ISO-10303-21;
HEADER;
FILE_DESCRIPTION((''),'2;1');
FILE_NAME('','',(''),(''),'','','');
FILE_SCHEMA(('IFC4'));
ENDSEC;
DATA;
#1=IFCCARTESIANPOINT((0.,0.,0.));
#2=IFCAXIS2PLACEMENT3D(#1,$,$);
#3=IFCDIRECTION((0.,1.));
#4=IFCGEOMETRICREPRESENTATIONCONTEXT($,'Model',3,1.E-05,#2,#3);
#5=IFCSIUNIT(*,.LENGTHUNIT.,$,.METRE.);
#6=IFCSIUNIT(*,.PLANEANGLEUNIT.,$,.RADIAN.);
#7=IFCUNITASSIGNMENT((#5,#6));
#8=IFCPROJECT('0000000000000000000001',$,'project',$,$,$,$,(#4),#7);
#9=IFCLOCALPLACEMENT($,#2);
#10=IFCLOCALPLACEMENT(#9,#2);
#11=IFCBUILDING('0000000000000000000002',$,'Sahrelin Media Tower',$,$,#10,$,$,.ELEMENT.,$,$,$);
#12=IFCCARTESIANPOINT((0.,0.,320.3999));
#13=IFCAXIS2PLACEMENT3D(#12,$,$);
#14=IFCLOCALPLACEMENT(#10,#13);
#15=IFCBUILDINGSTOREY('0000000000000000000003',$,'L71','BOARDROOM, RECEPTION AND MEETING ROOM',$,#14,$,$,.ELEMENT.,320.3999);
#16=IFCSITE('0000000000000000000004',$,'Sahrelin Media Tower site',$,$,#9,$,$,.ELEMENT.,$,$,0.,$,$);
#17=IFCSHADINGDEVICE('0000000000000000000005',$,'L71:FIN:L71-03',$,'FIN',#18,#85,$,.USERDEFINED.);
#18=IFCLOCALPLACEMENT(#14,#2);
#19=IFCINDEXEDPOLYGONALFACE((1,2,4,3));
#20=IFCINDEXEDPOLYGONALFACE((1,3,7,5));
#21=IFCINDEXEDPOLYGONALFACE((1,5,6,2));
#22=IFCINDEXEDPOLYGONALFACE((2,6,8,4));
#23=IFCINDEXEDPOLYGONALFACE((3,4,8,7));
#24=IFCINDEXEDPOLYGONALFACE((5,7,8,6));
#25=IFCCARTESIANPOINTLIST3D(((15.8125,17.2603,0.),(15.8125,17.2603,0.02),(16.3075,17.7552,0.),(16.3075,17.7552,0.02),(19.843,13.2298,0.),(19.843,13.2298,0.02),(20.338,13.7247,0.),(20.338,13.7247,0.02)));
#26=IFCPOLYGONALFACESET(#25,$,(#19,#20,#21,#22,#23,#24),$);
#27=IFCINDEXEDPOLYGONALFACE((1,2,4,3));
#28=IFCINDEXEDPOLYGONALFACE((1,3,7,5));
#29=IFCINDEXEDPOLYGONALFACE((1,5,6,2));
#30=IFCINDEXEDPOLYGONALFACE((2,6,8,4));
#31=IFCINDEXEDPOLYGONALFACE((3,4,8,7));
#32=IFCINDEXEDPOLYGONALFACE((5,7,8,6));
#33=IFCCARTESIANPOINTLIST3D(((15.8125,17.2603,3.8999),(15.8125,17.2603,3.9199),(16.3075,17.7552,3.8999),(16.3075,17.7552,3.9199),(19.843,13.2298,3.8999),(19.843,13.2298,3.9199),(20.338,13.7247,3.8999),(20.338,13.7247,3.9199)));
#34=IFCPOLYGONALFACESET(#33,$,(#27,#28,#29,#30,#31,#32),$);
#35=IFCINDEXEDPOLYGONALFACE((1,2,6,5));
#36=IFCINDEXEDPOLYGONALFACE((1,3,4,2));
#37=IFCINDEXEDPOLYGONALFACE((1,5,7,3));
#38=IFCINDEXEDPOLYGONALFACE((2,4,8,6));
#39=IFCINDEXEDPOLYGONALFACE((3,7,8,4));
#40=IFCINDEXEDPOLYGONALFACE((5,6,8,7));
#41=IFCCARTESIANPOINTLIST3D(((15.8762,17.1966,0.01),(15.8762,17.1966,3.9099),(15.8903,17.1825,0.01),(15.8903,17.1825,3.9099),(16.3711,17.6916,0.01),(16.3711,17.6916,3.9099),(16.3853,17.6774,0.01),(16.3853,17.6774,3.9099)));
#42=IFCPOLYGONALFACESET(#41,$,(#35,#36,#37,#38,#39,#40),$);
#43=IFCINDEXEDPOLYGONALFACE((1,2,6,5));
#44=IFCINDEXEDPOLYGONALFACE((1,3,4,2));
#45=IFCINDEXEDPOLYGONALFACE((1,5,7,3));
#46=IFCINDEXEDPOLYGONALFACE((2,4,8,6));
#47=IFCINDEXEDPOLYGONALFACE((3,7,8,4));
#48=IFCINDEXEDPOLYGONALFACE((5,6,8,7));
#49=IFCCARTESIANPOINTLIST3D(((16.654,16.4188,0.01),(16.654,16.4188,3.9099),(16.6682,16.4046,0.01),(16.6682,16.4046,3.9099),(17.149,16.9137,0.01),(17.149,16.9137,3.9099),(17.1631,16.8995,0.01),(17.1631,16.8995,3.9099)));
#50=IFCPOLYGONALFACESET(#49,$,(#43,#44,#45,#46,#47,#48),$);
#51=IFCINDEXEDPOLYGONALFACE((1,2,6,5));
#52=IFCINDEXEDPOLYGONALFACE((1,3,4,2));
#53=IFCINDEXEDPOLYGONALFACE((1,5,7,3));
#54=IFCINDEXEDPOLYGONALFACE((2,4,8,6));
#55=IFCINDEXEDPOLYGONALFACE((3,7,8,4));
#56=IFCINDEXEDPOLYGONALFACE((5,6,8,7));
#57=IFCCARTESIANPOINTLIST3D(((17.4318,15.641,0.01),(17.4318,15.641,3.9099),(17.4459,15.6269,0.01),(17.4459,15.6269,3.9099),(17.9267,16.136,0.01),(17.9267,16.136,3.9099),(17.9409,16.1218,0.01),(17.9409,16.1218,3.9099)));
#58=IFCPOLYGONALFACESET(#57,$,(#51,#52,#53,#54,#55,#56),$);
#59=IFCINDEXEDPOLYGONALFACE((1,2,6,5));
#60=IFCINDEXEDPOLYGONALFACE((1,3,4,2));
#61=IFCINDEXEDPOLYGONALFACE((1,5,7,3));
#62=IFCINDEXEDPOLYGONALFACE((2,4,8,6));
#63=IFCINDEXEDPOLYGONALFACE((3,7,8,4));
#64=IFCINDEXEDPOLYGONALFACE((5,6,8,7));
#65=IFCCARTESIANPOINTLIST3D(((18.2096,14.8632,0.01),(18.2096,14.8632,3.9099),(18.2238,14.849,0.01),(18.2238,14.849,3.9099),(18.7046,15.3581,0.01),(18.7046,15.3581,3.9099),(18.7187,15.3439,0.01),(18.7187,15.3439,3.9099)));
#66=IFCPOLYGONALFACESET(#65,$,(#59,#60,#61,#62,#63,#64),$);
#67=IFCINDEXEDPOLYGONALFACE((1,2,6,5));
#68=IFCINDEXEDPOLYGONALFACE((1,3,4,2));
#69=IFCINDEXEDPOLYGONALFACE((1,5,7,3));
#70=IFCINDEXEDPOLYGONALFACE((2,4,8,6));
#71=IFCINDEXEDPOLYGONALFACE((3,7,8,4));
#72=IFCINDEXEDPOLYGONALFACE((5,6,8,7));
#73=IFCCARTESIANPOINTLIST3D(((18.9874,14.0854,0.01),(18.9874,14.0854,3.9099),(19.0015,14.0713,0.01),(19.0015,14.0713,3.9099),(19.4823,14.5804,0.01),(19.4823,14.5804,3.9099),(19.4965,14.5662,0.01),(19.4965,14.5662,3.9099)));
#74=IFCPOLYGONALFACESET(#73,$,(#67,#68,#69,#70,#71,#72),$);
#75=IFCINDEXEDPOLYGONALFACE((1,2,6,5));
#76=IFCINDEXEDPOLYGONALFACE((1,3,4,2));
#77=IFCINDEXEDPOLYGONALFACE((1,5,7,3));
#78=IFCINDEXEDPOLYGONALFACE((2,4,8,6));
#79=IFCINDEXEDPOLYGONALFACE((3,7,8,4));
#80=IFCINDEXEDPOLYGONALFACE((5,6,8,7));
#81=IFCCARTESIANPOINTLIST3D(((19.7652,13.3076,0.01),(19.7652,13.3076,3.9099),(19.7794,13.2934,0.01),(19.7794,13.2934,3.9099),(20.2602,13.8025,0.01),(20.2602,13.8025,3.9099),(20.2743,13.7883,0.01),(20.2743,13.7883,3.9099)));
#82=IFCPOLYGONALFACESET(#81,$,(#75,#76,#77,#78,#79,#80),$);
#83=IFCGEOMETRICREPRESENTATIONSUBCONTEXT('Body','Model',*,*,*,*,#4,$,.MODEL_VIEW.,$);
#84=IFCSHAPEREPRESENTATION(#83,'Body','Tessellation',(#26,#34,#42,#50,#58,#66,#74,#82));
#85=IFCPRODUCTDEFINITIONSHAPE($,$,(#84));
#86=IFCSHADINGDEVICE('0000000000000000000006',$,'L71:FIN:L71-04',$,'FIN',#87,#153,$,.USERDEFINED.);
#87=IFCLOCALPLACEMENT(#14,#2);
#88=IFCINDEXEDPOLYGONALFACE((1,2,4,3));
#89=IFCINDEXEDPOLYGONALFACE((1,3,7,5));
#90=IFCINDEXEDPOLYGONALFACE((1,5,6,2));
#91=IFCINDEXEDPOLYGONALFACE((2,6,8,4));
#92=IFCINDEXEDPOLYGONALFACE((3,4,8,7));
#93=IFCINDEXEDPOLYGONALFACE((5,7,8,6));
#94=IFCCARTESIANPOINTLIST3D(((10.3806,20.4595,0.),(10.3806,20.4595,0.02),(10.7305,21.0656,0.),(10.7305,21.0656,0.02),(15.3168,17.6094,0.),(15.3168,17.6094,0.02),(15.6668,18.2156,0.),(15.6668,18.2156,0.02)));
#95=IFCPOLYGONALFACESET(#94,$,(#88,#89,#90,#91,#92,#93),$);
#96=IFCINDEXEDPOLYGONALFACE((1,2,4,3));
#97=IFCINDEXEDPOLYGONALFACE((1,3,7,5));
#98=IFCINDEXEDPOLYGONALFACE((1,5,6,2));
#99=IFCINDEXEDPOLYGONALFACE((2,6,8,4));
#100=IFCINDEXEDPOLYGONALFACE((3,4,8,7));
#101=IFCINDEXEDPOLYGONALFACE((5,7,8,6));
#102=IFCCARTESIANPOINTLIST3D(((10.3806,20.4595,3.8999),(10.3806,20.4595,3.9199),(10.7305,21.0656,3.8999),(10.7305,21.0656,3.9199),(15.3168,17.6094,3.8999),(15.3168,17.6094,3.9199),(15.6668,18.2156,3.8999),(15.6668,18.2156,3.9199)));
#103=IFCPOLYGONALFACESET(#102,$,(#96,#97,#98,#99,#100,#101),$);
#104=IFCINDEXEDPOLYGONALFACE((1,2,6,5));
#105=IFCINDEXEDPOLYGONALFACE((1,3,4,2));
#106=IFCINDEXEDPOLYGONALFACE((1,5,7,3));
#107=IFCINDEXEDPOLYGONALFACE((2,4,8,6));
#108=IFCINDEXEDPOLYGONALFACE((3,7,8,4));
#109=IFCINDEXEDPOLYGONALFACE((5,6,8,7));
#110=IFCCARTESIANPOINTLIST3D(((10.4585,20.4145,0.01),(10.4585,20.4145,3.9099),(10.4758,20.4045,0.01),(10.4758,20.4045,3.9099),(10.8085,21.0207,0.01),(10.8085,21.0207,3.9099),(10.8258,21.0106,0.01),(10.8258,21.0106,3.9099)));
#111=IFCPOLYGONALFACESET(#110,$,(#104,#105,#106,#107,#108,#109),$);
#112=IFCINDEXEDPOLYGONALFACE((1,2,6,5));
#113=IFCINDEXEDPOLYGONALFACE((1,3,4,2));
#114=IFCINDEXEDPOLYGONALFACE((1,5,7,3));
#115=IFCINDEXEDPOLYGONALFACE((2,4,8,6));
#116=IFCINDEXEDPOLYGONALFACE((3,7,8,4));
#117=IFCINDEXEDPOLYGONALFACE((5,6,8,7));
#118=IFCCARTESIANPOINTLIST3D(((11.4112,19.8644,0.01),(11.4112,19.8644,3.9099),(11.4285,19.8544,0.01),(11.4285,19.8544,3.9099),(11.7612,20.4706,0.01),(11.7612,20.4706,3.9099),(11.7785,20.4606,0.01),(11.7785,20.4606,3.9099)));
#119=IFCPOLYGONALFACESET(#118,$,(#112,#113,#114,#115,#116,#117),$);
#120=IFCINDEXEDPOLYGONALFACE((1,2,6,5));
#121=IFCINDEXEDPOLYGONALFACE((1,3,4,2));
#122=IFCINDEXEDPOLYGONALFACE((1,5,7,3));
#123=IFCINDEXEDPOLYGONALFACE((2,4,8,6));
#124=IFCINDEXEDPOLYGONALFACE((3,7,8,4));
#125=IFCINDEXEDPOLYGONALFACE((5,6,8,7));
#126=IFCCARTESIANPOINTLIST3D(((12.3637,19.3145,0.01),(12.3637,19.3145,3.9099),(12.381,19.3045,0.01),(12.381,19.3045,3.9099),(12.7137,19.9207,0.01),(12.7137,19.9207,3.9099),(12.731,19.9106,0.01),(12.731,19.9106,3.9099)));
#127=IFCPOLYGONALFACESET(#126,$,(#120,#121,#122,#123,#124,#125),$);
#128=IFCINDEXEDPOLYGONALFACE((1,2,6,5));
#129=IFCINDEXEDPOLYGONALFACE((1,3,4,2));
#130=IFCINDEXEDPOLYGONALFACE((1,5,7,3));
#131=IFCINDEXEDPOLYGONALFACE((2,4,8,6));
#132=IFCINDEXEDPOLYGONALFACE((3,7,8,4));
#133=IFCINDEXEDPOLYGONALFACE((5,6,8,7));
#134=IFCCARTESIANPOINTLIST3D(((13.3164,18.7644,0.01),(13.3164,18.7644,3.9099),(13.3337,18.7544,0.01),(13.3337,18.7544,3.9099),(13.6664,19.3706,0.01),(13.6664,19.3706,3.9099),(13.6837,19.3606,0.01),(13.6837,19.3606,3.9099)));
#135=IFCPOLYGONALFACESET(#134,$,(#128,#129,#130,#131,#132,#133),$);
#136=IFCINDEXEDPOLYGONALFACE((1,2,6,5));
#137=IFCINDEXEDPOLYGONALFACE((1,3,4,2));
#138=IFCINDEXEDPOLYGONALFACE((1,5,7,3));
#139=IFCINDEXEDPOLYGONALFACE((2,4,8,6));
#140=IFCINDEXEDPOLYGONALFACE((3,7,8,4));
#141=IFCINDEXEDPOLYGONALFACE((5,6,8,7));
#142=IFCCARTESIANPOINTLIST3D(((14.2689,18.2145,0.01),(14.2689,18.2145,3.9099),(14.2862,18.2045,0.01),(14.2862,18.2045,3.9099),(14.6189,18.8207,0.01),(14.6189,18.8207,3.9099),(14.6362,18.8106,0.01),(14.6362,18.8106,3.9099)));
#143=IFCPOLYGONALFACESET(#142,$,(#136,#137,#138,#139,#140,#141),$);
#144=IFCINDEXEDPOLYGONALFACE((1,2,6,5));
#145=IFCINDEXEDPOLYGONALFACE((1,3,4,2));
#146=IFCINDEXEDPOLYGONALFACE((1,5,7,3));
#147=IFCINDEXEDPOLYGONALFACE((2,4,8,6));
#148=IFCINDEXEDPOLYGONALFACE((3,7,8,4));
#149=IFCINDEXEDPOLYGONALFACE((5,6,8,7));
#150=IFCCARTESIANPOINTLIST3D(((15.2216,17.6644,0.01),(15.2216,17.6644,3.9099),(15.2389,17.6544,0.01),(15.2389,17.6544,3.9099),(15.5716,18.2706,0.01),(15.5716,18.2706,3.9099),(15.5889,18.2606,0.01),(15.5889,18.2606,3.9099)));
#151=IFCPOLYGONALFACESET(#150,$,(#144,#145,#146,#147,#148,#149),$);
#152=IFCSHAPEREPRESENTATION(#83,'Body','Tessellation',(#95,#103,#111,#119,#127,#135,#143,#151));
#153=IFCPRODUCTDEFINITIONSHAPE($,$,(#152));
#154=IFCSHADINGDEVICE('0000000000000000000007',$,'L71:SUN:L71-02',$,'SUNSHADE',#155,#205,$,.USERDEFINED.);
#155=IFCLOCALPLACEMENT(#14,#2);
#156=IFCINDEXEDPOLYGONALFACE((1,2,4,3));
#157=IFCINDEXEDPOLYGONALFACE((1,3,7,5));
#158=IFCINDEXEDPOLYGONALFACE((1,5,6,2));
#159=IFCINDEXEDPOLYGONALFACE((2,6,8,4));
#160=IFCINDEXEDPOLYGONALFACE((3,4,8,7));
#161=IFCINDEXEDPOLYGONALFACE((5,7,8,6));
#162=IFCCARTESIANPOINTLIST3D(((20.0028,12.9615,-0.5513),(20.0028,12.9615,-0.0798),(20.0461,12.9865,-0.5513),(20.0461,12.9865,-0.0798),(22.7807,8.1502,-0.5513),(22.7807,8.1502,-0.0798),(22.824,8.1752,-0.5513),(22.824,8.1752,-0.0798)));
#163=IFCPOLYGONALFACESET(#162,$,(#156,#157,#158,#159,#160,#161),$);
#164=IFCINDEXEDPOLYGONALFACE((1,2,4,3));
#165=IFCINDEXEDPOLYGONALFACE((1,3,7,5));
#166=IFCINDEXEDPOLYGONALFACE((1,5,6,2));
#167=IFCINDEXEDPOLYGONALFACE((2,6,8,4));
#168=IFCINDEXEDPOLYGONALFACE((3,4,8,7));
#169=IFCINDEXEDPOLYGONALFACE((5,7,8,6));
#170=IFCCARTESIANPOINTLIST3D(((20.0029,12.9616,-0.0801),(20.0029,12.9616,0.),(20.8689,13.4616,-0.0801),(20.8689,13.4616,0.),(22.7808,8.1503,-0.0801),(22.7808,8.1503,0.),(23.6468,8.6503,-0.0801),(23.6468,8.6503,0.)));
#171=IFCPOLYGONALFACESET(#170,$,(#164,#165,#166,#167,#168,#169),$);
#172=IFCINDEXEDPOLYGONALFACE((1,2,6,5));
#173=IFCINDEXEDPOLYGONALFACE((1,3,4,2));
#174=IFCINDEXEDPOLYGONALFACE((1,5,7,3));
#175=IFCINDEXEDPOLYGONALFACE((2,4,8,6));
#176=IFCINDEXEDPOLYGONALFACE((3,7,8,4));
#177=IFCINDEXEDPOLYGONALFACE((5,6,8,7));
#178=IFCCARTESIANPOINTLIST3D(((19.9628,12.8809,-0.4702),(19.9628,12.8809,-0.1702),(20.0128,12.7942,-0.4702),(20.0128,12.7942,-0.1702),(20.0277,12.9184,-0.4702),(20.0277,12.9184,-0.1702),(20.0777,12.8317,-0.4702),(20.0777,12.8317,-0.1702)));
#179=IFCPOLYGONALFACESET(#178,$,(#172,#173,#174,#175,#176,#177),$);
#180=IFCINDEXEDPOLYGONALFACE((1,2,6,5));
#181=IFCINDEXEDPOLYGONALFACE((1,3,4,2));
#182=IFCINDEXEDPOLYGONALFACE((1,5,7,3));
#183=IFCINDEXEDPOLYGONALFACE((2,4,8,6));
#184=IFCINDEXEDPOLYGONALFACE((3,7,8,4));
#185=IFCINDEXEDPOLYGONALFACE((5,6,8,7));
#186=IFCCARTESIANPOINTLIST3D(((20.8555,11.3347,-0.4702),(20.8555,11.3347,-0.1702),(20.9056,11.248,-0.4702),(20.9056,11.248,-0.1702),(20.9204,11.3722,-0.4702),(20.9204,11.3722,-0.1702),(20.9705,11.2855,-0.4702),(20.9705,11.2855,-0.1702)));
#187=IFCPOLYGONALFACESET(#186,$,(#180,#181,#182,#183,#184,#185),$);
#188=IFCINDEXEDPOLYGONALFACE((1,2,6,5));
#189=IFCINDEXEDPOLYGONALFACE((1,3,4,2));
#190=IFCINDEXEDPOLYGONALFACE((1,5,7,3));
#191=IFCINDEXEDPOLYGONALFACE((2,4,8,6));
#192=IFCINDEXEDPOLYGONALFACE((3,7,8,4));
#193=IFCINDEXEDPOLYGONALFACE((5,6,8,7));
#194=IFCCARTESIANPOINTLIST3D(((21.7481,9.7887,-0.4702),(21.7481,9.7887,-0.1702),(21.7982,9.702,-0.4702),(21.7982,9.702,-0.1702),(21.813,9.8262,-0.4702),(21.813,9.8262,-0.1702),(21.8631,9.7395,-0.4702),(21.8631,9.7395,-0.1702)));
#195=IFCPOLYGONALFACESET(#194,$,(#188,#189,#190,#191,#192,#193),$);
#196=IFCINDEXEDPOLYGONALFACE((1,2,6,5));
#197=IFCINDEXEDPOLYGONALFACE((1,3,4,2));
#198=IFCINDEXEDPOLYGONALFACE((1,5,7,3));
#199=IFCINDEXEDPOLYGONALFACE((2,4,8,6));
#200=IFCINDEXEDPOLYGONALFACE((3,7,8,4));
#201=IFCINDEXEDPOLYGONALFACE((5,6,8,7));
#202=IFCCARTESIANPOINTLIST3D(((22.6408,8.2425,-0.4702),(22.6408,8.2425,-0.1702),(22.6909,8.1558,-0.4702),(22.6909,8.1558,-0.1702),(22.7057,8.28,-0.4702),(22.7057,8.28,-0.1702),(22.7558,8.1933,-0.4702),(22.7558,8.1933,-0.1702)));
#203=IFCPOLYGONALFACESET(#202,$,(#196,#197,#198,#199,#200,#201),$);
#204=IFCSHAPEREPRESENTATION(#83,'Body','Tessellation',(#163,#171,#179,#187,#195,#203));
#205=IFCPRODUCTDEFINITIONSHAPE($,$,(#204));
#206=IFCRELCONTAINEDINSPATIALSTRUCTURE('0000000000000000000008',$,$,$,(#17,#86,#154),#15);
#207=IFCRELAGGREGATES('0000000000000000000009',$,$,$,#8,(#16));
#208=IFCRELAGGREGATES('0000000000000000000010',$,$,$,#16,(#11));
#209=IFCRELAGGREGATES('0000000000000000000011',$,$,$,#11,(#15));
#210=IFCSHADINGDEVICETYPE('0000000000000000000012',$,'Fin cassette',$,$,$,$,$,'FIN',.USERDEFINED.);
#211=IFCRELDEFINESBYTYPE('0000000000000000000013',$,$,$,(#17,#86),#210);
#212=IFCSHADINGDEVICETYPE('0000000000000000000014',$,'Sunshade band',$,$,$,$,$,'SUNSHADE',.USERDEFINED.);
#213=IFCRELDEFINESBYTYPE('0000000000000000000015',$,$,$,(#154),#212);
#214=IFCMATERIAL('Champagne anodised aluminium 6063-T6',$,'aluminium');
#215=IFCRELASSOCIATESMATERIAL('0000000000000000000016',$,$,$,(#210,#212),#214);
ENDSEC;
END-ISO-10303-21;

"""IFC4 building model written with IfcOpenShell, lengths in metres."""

from ifc_helpers import new_model, si_unit, direction, frame, origin, origin_2d, place, context, subcontext, project, spatial, rectangle, extrude, material, type_object, element, save


model = new_model("IFC4")

# Units and contexts
model_context = context("Model", 3, precision=1e-05, world=origin(), true_north=direction((0.0, 1.0)))
body_context = subcontext(model_context, "Body", "Model", "MODEL_VIEW")
ifc_project = project(units=[si_unit("LENGTHUNIT", "METRE"), si_unit("PLANEANGLEUNIT", "RADIAN")], contexts=[model_context])

# Site, building, storey
site_placement = place(None, origin())
site = spatial("IfcSite", under=ifc_project, at=site_placement, Name="Sahrelin Media Tower site", CompositionType="ELEMENT", RefElevation=0.0)
building_placement = place(site_placement, origin())
building = spatial("IfcBuilding", under=site, at=building_placement, Name="Sahrelin Media Tower", CompositionType="ELEMENT")
storey_placement = place(building_placement, frame((0.0, 0.0, 320.3999)))
storey = spatial("IfcBuildingStorey", under=building, at=storey_placement, Name="L71", Description="BOARDROOM, RECEPTION AND MEETING ROOM", CompositionType="ELEMENT", Elevation=320.3999)

# Shared definitions
ifc_material_1 = material(Name="Champagne anodised aluminium 6063-T6", Category="aluminium")

# Shading devices
shading_device_type_1 = type_object("IfcShadingDeviceType", Name="Fin cassette", ElementType="FIN", PredefinedType="USERDEFINED", material=ifc_material_1)
placement_1 = place(storey_placement, frame((21.3745, 10.5459, 0.0), z_axis=(0.0, 0.0, 1.0), x_axis=(0.500011, -0.866019, 0.0)))
placement_2 = place(storey_placement, frame((17.7783, 15.1956, 0.0), z_axis=(0.0, 0.0, 1.0), x_axis=(0.707107, -0.707107, 0.0)))
element("IfcShadingDevice", 1, at=placement_2, inside=storey, type_object=shading_device_type_1, Name="L71:FIN:L71-03", ObjectType="FIN", PredefinedType="USERDEFINED", context=body_context, shape_type="SweptSolid", body=[
    extrude(rectangle(XDim=5.7, YDim=0.7, at=origin_2d()), frame((0.0, 0.4199, 0.0)), (0.0, 0.0, 1.0), 0.02),
    extrude(rectangle(XDim=5.7, YDim=0.7, at=origin_2d()), frame((0.0, 0.4199, 3.8999)), (0.0, 0.0, 1.0), 0.02),
    extrude(rectangle(XDim=0.02, YDim=0.7, at=origin_2d()), frame((-2.75, 0.4199, 0.01), z_axis=(0.0, 0.0, 1.0), x_axis=(1.0, 0.0, 0.0)), (0.0, 0.0, 1.0), 3.8999),
    extrude(rectangle(XDim=0.02, YDim=0.7, at=origin_2d()), frame((-1.6499, 0.4199, 0.01), z_axis=(0.0, 0.0, 1.0), x_axis=(1.0, 0.0, 0.0)), (0.0, 0.0, 1.0), 3.8999),
    extrude(rectangle(XDim=0.02, YDim=0.7, at=origin_2d()), frame((-0.55, 0.4199, 0.01), z_axis=(0.0, 0.0, 1.0), x_axis=(1.0, 0.0, 0.0)), (0.0, 0.0, 1.0), 3.8999),
    extrude(rectangle(XDim=0.02, YDim=0.7, at=origin_2d()), frame((0.55, 0.4199, 0.01), z_axis=(0.0, 0.0, 1.0), x_axis=(1.0, 0.0, 0.0)), (0.0, 0.0, 1.0), 3.8999),
    extrude(rectangle(XDim=0.02, YDim=0.7, at=origin_2d()), frame((1.6499, 0.4199, 0.01), z_axis=(0.0, 0.0, 1.0), x_axis=(1.0, 0.0, 0.0)), (0.0, 0.0, 1.0), 3.8999),
    extrude(rectangle(XDim=0.02, YDim=0.7, at=origin_2d()), frame((2.75, 0.4199, 0.01), z_axis=(0.0, 0.0, 1.0), x_axis=(1.0, 0.0, 0.0)), (0.0, 0.0, 1.0), 3.8999),
])
placement_3 = place(storey_placement, frame((12.8137, 18.9739, 0.0), z_axis=(0.0, 0.0, 1.0), x_axis=(0.866019, -0.500011, 0.0)))
element("IfcShadingDevice", 2, at=placement_3, inside=storey, type_object=shading_device_type_1, Name="L71:FIN:L71-04", ObjectType="FIN", PredefinedType="USERDEFINED", context=body_context, shape_type="SweptSolid", body=[
    extrude(rectangle(XDim=5.7, YDim=0.7, at=origin_2d()), frame((0.0, 0.4199, 0.0)), (0.0, 0.0, 1.0), 0.02),
    extrude(rectangle(XDim=5.7, YDim=0.7, at=origin_2d()), frame((0.0, 0.4199, 3.8999)), (0.0, 0.0, 1.0), 0.02),
    extrude(rectangle(XDim=0.02, YDim=0.7, at=origin_2d()), frame((-2.75, 0.4199, 0.01), z_axis=(0.0, 0.0, 1.0), x_axis=(1.0, 0.0, 0.0)), (0.0, 0.0, 1.0), 3.8999),
    extrude(rectangle(XDim=0.02, YDim=0.7, at=origin_2d()), frame((-1.6499, 0.4199, 0.01), z_axis=(0.0, 0.0, 1.0), x_axis=(1.0, 0.0, 0.0)), (0.0, 0.0, 1.0), 3.8999),
    extrude(rectangle(XDim=0.02, YDim=0.7, at=origin_2d()), frame((-0.55, 0.4199, 0.01), z_axis=(0.0, 0.0, 1.0), x_axis=(1.0, 0.0, 0.0)), (0.0, 0.0, 1.0), 3.8999),
    extrude(rectangle(XDim=0.02, YDim=0.7, at=origin_2d()), frame((0.55, 0.4199, 0.01), z_axis=(0.0, 0.0, 1.0), x_axis=(1.0, 0.0, 0.0)), (0.0, 0.0, 1.0), 3.8999),
    extrude(rectangle(XDim=0.02, YDim=0.7, at=origin_2d()), frame((1.6499, 0.4199, 0.01), z_axis=(0.0, 0.0, 1.0), x_axis=(1.0, 0.0, 0.0)), (0.0, 0.0, 1.0), 3.8999),
    extrude(rectangle(XDim=0.02, YDim=0.7, at=origin_2d()), frame((2.75, 0.4199, 0.01), z_axis=(0.0, 0.0, 1.0), x_axis=(1.0, 0.0, 0.0)), (0.0, 0.0, 1.0), 3.8999),
])
shading_device_type_2 = type_object("IfcShadingDeviceType", Name="Sunshade band", ElementType="SUNSHADE", PredefinedType="USERDEFINED", material=ifc_material_1)
element("IfcShadingDevice", 3, at=placement_1, inside=storey, type_object=shading_device_type_2, Name="L71:SUN:L71-02", ObjectType="SUNSHADE", PredefinedType="USERDEFINED", context=body_context, shape_type="SweptSolid", body=[
    extrude(rectangle(XDim=5.5557, YDim=0.05, at=origin_2d()), frame((0.0, 0.0449, -0.5513)), (0.0, 0.0, 1.0), 0.4714),
    extrude(rectangle(XDim=5.5557, YDim=1.0, at=origin_2d()), frame((0.0, 0.52, -0.0801)), (0.0, 0.0, 1.0), 0.0801),
    extrude(rectangle(XDim=0.1001, YDim=0.075, at=origin_2d()), frame((-2.678, -0.0176, -0.4702)), (0.0, 0.0, 1.0), 0.3),
    extrude(rectangle(XDim=0.1001, YDim=0.075, at=origin_2d()), frame((-0.8926, -0.0176, -0.4702)), (0.0, 0.0, 1.0), 0.3),
    extrude(rectangle(XDim=0.1001, YDim=0.075, at=origin_2d()), frame((0.8926, -0.0176, -0.4702)), (0.0, 0.0, 1.0), 0.3),
    extrude(rectangle(XDim=0.1001, YDim=0.075, at=origin_2d()), frame((2.678, -0.0176, -0.4702)), (0.0, 0.0, 1.0), 0.3),
])

save(model, "model.ifc")
